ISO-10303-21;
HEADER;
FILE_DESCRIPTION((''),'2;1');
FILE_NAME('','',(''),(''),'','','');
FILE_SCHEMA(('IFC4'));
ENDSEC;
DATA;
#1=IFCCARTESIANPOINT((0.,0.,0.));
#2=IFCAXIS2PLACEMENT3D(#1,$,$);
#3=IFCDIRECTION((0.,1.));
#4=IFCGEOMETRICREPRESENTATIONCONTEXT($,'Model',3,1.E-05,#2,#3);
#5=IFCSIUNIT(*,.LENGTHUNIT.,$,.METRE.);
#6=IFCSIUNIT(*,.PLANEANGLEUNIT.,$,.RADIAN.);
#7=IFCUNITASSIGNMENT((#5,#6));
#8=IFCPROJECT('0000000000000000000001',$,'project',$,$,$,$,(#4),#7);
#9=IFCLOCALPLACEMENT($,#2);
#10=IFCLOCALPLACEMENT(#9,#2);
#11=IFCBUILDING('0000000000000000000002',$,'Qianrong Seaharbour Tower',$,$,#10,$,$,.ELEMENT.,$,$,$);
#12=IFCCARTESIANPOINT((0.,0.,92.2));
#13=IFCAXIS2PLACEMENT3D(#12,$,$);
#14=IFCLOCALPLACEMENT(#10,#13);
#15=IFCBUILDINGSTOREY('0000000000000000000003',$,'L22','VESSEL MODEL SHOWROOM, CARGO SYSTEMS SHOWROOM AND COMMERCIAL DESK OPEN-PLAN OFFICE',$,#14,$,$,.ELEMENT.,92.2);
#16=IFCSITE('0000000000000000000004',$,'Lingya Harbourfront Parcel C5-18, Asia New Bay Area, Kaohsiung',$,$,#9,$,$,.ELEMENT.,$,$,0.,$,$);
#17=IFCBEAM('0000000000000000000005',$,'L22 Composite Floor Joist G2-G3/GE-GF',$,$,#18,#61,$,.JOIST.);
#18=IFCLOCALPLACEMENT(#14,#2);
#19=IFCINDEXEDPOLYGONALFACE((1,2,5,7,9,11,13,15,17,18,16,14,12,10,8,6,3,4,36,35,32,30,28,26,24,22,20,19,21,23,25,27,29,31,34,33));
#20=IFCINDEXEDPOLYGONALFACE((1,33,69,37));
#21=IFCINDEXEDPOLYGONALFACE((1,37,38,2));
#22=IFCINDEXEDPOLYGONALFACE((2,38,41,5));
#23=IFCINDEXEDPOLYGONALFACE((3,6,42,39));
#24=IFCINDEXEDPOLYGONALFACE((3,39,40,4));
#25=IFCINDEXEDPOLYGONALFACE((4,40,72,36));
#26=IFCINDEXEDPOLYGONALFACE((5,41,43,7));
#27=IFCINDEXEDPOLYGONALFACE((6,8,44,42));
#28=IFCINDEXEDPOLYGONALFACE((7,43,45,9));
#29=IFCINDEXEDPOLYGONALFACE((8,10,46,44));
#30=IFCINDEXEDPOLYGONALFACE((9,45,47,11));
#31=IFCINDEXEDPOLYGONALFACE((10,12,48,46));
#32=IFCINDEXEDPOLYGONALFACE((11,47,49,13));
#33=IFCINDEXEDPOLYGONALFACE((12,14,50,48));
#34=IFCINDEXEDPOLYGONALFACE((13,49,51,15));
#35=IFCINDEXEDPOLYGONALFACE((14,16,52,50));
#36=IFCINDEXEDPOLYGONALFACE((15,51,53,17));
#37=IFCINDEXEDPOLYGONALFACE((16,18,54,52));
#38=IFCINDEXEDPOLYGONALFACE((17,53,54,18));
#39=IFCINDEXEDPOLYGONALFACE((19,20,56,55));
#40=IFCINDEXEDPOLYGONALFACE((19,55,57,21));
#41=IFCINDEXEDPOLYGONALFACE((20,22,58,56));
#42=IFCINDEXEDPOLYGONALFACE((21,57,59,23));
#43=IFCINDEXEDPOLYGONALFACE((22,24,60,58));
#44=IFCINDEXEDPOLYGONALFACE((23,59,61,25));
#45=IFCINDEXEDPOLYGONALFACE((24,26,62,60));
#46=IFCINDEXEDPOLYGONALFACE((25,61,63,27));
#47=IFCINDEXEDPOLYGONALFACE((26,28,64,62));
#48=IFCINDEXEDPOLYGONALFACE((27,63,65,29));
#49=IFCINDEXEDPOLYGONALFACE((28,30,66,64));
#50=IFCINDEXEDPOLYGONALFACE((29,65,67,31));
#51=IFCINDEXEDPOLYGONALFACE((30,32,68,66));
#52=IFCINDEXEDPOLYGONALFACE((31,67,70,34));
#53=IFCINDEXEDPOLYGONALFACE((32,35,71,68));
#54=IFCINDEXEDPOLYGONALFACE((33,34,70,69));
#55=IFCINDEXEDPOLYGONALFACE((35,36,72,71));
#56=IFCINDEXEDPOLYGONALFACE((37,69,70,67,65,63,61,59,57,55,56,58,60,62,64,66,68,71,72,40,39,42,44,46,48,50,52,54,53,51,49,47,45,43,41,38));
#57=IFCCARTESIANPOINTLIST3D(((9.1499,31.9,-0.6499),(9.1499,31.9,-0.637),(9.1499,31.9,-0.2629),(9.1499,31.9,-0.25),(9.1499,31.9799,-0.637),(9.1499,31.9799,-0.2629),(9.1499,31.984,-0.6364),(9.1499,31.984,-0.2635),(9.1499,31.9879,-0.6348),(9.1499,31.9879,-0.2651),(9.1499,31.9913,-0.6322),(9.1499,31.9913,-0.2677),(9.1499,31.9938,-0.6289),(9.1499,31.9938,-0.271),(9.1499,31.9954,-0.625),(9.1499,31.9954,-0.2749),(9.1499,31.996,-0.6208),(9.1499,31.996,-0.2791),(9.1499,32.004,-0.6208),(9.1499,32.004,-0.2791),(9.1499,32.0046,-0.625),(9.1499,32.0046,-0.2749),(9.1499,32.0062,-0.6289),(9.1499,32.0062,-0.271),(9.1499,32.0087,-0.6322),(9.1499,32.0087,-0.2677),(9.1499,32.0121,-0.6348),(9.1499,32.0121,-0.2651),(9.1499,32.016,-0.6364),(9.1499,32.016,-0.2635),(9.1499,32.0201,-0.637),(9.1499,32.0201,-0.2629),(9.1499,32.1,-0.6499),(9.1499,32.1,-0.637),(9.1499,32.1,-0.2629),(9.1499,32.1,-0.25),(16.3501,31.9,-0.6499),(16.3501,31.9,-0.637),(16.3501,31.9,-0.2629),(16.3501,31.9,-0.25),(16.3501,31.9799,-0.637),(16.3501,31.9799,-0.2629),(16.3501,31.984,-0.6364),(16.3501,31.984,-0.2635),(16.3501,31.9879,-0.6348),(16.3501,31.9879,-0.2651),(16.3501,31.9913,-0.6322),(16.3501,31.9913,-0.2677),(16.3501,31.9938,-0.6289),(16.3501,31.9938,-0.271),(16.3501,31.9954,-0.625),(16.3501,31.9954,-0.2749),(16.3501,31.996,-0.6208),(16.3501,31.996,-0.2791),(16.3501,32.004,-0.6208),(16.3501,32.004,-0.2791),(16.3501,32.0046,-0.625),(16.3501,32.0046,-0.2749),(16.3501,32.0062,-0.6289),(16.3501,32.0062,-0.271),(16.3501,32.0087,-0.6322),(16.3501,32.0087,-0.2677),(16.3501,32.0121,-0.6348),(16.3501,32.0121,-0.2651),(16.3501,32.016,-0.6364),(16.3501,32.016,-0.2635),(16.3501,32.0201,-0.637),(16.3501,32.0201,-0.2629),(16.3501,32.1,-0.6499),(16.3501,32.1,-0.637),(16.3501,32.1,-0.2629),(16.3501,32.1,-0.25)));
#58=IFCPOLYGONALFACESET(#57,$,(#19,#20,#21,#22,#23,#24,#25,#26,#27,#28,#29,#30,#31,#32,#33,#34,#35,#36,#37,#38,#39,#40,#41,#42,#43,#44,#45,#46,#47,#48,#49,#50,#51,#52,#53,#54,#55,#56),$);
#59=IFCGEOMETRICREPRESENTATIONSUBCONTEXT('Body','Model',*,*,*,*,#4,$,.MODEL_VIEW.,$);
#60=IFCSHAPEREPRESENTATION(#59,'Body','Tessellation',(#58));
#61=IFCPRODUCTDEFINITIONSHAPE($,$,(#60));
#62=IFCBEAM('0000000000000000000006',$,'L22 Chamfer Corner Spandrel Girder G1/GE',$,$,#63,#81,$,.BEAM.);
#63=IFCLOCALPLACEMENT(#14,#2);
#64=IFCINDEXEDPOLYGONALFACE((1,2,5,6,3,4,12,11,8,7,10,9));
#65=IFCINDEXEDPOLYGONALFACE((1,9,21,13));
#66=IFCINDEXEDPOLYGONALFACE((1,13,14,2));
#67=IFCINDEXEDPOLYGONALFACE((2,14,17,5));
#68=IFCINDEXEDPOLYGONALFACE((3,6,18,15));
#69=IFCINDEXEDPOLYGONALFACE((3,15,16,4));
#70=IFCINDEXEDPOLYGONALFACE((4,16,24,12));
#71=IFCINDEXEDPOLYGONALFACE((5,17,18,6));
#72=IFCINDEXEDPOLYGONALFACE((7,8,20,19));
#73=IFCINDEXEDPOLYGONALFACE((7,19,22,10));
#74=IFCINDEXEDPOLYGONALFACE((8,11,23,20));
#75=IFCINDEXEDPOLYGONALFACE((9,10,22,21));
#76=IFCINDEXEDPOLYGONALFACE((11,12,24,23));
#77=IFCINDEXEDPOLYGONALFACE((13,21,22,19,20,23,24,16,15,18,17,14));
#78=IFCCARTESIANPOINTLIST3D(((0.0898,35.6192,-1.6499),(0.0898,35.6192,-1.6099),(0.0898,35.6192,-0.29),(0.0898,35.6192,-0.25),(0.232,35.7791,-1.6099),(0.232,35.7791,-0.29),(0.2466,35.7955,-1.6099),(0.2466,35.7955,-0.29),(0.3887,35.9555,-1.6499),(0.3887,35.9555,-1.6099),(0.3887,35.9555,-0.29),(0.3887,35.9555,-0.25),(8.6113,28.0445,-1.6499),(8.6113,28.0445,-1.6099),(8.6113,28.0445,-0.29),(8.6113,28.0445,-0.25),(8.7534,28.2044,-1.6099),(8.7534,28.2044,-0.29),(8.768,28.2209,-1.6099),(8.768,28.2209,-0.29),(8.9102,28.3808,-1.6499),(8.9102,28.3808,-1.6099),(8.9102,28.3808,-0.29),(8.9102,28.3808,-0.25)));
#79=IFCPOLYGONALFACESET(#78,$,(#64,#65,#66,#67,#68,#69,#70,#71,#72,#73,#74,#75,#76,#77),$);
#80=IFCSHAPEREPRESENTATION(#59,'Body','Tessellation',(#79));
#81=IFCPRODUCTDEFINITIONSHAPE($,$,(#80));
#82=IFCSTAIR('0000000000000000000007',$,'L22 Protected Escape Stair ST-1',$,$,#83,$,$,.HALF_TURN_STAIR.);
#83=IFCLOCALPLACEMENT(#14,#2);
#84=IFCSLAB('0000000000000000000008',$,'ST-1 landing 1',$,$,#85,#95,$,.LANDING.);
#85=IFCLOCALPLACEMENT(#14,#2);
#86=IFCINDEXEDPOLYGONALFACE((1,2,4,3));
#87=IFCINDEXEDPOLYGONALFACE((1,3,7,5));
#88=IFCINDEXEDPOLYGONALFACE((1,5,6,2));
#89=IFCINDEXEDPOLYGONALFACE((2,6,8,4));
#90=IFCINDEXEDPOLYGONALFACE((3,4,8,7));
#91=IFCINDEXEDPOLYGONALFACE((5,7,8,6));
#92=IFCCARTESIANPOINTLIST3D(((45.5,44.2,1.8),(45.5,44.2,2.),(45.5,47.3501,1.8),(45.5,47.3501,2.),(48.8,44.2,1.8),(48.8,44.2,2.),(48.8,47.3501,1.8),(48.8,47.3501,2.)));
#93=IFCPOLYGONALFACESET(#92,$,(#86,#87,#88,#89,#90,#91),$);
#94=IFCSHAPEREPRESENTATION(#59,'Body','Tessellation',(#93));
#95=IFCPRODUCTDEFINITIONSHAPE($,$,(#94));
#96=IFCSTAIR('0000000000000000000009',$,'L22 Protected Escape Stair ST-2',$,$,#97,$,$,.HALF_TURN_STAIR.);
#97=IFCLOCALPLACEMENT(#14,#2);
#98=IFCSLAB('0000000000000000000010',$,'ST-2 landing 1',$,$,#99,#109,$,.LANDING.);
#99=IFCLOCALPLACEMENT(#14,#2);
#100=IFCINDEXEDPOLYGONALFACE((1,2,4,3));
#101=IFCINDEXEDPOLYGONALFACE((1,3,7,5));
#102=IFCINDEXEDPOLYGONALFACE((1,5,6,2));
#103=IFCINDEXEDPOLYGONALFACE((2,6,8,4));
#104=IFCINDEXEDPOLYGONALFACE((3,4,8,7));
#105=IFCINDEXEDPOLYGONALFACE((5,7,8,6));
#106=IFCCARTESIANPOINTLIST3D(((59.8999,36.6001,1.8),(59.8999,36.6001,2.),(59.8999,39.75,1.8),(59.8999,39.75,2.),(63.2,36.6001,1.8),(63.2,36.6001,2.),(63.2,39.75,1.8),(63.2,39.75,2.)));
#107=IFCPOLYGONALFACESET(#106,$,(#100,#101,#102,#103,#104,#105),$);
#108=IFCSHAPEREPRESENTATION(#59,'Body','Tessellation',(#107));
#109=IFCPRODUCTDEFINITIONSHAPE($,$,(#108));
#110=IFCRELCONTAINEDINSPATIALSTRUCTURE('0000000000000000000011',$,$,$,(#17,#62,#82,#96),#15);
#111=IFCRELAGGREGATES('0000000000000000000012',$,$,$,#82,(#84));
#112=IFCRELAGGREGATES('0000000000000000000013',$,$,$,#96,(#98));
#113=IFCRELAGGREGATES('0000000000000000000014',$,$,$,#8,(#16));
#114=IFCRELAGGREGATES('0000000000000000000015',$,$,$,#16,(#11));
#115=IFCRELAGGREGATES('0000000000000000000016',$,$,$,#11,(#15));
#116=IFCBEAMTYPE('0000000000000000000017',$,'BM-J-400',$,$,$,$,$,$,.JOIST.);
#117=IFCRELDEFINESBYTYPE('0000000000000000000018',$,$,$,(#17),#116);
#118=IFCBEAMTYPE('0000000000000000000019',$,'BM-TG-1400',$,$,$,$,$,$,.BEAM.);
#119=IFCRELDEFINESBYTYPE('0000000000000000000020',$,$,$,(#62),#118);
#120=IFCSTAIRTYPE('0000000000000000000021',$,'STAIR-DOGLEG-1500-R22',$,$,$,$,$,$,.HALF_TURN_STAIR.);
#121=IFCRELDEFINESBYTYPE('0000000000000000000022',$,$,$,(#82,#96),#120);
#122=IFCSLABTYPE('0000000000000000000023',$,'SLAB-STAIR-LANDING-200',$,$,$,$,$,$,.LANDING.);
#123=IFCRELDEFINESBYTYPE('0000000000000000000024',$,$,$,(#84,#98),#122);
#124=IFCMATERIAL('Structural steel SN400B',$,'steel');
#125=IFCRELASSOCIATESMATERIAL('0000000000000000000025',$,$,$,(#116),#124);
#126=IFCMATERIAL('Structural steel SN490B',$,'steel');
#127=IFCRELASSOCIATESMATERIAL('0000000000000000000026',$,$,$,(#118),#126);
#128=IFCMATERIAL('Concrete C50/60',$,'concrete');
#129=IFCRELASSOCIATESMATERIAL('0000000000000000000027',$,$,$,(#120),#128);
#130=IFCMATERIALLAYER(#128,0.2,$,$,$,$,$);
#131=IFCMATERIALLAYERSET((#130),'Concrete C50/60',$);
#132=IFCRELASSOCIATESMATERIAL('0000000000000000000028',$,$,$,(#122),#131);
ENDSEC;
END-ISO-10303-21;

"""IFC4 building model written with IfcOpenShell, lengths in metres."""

from ifc_helpers import new_model, si_unit, direction, frame, origin, origin_2d, place, context, subcontext, project, spatial, polyline, i_section, outline, extrude, material, layer, layer_set, material_profile, profile_set, type_object, element, aggregate, save


model = new_model("IFC4")

# Units and contexts
model_context = context("Model", 3, precision=1e-05, world=origin(), true_north=direction((0.0, 1.0)))
body_context = subcontext(model_context, "Body", "Model", "MODEL_VIEW")
ifc_project = project(units=[si_unit("LENGTHUNIT", "METRE"), si_unit("PLANEANGLEUNIT", "RADIAN")], contexts=[model_context])

# Site, building, storey
site_placement = place(None, origin())
site = spatial("IfcSite", under=ifc_project, at=site_placement, Name="Lingya Harbourfront Parcel C5-18, Asia New Bay Area, Kaohsiung", CompositionType="ELEMENT", RefElevation=0.0)
building_placement = place(site_placement, origin())
building = spatial("IfcBuilding", under=site, at=building_placement, Name="Qianrong Seaharbour Tower", CompositionType="ELEMENT")
storey_placement = place(building_placement, frame((0.0, 0.0, 92.2)))
storey = spatial("IfcBuildingStorey", under=building, at=storey_placement, Name="L22", Description="VESSEL MODEL SHOWROOM, CARGO SYSTEMS SHOWROOM AND COMMERCIAL DESK OPEN-PLAN OFFICE", CompositionType="ELEMENT", Elevation=92.2)

# Shared definitions
ifc_material_1 = material(Name="Structural steel SN490B", Category="steel")

# Beams
ifc_material_2 = material(Name="Structural steel SN400B", Category="steel")
ifc_material_profile_1 = material_profile(ifc_material_2, i_section(OverallWidth=0.2, OverallDepth=0.3999, WebThickness=0.0081, FlangeThickness=0.0129, FilletRadius=0.0161, at=origin_2d()), Name="H400x200x8x13")
ifc_profile_set_1 = profile_set([ifc_material_profile_1], Name="Structural steel SN400B")
beam_type_1 = type_object("IfcBeamType", Name="BM-J-400", PredefinedType="JOIST", material=ifc_profile_set_1)
beam_1_placement = place(storey_placement, frame((9.1499, 32.0, -0.45), z_axis=(1.0, 0.0, 0.0), x_axis=(0.0, 1.0, 0.0)))
element("IfcBeam", 1, at=beam_1_placement, inside=storey, type_object=beam_type_1, Name="L22 Composite Floor Joist G2-G3/GE-GF", PredefinedType="JOIST", context=body_context, shape_type="SweptSolid", body=[
    extrude(i_section(OverallWidth=0.2, OverallDepth=0.3999, WebThickness=0.0081, FlangeThickness=0.0129, FilletRadius=0.0161, at=origin_2d()), origin(), (0.0, 0.0, 1.0), 7.2002),
])
ifc_material_profile_2 = material_profile(ifc_material_1, i_section(OverallWidth=0.45, OverallDepth=1.3999, WebThickness=0.022, FlangeThickness=0.04, at=origin_2d()), Name="BH1400x450x22x40")
ifc_profile_set_2 = profile_set([ifc_material_profile_2], Name="Structural steel SN490B")
beam_type_2 = type_object("IfcBeamType", Name="BM-TG-1400", PredefinedType="BEAM", material=ifc_profile_set_2)
beam_2_placement = place(storey_placement, frame((8.7607, 28.2126, -0.95), z_axis=(-0.747407, 0.664366, 0.0), x_axis=(-0.664366, -0.747407, 0.0)))
element("IfcBeam", 2, at=beam_2_placement, inside=storey, type_object=beam_type_2, Name="L22 Chamfer Corner Spandrel Girder G1/GE", PredefinedType="BEAM", context=body_context, shape_type="SweptSolid", body=[
    extrude(i_section(OverallWidth=0.45, OverallDepth=1.3999, WebThickness=0.022, FlangeThickness=0.04, at=origin_2d()), origin(), (0.0, 0.0, 1.0), 11.4014),
])

# Stairs, slabs
ifc_material_3 = material(Name="Concrete C50/60", Category="concrete")
stair_type = type_object("IfcStairType", Name="STAIR-DOGLEG-1500-R22", PredefinedType="HALF_TURN_STAIR", material=ifc_material_3)
stair_1_placement = place(storey_placement, origin())
stair_1 = element("IfcStair", 3, at=stair_1_placement, inside=storey, type_object=stair_type, Name="L22 Protected Escape Stair ST-1", PredefinedType="HALF_TURN_STAIR")
ifc_layer_1 = layer(ifc_material_3, 0.2)
ifc_layer_set_1 = layer_set([ifc_layer_1], Name="Concrete C50/60")
slab_type_1 = type_object("IfcSlabType", Name="SLAB-STAIR-LANDING-200", PredefinedType="LANDING", material=ifc_layer_set_1)
slab_1_placement = place(storey_placement, frame((0.0, 0.0, 1.8)))
slab_1 = element("IfcSlab", 4, at=slab_1_placement, type_object=slab_type_1, Name="ST-1 landing 1", PredefinedType="LANDING", context=body_context, shape_type="SweptSolid", body=[
    extrude(outline(polyline([(45.5, 44.2), (48.8, 44.2), (48.8, 47.3501), (45.5, 47.3501), (45.5, 44.2)])), origin(), (0.0, 0.0, 1.0), 0.2),
])
aggregate(stair_1, [slab_1])
stair_2_placement = place(storey_placement, origin())
stair_2 = element("IfcStair", 5, at=stair_2_placement, inside=storey, type_object=stair_type, Name="L22 Protected Escape Stair ST-2", PredefinedType="HALF_TURN_STAIR")
slab_2_placement = place(storey_placement, frame((0.0, 0.0, 1.8)))
slab_2 = element("IfcSlab", 6, at=slab_2_placement, type_object=slab_type_1, Name="ST-2 landing 1", PredefinedType="LANDING", context=body_context, shape_type="SweptSolid", body=[
    extrude(outline(polyline([(59.8999, 36.6001), (63.2, 36.6001), (63.2, 39.75), (59.8999, 39.75), (59.8999, 36.6001)])), origin(), (0.0, 0.0, 1.0), 0.2),
])
aggregate(stair_2, [slab_2])

save(model, "model.ifc")
